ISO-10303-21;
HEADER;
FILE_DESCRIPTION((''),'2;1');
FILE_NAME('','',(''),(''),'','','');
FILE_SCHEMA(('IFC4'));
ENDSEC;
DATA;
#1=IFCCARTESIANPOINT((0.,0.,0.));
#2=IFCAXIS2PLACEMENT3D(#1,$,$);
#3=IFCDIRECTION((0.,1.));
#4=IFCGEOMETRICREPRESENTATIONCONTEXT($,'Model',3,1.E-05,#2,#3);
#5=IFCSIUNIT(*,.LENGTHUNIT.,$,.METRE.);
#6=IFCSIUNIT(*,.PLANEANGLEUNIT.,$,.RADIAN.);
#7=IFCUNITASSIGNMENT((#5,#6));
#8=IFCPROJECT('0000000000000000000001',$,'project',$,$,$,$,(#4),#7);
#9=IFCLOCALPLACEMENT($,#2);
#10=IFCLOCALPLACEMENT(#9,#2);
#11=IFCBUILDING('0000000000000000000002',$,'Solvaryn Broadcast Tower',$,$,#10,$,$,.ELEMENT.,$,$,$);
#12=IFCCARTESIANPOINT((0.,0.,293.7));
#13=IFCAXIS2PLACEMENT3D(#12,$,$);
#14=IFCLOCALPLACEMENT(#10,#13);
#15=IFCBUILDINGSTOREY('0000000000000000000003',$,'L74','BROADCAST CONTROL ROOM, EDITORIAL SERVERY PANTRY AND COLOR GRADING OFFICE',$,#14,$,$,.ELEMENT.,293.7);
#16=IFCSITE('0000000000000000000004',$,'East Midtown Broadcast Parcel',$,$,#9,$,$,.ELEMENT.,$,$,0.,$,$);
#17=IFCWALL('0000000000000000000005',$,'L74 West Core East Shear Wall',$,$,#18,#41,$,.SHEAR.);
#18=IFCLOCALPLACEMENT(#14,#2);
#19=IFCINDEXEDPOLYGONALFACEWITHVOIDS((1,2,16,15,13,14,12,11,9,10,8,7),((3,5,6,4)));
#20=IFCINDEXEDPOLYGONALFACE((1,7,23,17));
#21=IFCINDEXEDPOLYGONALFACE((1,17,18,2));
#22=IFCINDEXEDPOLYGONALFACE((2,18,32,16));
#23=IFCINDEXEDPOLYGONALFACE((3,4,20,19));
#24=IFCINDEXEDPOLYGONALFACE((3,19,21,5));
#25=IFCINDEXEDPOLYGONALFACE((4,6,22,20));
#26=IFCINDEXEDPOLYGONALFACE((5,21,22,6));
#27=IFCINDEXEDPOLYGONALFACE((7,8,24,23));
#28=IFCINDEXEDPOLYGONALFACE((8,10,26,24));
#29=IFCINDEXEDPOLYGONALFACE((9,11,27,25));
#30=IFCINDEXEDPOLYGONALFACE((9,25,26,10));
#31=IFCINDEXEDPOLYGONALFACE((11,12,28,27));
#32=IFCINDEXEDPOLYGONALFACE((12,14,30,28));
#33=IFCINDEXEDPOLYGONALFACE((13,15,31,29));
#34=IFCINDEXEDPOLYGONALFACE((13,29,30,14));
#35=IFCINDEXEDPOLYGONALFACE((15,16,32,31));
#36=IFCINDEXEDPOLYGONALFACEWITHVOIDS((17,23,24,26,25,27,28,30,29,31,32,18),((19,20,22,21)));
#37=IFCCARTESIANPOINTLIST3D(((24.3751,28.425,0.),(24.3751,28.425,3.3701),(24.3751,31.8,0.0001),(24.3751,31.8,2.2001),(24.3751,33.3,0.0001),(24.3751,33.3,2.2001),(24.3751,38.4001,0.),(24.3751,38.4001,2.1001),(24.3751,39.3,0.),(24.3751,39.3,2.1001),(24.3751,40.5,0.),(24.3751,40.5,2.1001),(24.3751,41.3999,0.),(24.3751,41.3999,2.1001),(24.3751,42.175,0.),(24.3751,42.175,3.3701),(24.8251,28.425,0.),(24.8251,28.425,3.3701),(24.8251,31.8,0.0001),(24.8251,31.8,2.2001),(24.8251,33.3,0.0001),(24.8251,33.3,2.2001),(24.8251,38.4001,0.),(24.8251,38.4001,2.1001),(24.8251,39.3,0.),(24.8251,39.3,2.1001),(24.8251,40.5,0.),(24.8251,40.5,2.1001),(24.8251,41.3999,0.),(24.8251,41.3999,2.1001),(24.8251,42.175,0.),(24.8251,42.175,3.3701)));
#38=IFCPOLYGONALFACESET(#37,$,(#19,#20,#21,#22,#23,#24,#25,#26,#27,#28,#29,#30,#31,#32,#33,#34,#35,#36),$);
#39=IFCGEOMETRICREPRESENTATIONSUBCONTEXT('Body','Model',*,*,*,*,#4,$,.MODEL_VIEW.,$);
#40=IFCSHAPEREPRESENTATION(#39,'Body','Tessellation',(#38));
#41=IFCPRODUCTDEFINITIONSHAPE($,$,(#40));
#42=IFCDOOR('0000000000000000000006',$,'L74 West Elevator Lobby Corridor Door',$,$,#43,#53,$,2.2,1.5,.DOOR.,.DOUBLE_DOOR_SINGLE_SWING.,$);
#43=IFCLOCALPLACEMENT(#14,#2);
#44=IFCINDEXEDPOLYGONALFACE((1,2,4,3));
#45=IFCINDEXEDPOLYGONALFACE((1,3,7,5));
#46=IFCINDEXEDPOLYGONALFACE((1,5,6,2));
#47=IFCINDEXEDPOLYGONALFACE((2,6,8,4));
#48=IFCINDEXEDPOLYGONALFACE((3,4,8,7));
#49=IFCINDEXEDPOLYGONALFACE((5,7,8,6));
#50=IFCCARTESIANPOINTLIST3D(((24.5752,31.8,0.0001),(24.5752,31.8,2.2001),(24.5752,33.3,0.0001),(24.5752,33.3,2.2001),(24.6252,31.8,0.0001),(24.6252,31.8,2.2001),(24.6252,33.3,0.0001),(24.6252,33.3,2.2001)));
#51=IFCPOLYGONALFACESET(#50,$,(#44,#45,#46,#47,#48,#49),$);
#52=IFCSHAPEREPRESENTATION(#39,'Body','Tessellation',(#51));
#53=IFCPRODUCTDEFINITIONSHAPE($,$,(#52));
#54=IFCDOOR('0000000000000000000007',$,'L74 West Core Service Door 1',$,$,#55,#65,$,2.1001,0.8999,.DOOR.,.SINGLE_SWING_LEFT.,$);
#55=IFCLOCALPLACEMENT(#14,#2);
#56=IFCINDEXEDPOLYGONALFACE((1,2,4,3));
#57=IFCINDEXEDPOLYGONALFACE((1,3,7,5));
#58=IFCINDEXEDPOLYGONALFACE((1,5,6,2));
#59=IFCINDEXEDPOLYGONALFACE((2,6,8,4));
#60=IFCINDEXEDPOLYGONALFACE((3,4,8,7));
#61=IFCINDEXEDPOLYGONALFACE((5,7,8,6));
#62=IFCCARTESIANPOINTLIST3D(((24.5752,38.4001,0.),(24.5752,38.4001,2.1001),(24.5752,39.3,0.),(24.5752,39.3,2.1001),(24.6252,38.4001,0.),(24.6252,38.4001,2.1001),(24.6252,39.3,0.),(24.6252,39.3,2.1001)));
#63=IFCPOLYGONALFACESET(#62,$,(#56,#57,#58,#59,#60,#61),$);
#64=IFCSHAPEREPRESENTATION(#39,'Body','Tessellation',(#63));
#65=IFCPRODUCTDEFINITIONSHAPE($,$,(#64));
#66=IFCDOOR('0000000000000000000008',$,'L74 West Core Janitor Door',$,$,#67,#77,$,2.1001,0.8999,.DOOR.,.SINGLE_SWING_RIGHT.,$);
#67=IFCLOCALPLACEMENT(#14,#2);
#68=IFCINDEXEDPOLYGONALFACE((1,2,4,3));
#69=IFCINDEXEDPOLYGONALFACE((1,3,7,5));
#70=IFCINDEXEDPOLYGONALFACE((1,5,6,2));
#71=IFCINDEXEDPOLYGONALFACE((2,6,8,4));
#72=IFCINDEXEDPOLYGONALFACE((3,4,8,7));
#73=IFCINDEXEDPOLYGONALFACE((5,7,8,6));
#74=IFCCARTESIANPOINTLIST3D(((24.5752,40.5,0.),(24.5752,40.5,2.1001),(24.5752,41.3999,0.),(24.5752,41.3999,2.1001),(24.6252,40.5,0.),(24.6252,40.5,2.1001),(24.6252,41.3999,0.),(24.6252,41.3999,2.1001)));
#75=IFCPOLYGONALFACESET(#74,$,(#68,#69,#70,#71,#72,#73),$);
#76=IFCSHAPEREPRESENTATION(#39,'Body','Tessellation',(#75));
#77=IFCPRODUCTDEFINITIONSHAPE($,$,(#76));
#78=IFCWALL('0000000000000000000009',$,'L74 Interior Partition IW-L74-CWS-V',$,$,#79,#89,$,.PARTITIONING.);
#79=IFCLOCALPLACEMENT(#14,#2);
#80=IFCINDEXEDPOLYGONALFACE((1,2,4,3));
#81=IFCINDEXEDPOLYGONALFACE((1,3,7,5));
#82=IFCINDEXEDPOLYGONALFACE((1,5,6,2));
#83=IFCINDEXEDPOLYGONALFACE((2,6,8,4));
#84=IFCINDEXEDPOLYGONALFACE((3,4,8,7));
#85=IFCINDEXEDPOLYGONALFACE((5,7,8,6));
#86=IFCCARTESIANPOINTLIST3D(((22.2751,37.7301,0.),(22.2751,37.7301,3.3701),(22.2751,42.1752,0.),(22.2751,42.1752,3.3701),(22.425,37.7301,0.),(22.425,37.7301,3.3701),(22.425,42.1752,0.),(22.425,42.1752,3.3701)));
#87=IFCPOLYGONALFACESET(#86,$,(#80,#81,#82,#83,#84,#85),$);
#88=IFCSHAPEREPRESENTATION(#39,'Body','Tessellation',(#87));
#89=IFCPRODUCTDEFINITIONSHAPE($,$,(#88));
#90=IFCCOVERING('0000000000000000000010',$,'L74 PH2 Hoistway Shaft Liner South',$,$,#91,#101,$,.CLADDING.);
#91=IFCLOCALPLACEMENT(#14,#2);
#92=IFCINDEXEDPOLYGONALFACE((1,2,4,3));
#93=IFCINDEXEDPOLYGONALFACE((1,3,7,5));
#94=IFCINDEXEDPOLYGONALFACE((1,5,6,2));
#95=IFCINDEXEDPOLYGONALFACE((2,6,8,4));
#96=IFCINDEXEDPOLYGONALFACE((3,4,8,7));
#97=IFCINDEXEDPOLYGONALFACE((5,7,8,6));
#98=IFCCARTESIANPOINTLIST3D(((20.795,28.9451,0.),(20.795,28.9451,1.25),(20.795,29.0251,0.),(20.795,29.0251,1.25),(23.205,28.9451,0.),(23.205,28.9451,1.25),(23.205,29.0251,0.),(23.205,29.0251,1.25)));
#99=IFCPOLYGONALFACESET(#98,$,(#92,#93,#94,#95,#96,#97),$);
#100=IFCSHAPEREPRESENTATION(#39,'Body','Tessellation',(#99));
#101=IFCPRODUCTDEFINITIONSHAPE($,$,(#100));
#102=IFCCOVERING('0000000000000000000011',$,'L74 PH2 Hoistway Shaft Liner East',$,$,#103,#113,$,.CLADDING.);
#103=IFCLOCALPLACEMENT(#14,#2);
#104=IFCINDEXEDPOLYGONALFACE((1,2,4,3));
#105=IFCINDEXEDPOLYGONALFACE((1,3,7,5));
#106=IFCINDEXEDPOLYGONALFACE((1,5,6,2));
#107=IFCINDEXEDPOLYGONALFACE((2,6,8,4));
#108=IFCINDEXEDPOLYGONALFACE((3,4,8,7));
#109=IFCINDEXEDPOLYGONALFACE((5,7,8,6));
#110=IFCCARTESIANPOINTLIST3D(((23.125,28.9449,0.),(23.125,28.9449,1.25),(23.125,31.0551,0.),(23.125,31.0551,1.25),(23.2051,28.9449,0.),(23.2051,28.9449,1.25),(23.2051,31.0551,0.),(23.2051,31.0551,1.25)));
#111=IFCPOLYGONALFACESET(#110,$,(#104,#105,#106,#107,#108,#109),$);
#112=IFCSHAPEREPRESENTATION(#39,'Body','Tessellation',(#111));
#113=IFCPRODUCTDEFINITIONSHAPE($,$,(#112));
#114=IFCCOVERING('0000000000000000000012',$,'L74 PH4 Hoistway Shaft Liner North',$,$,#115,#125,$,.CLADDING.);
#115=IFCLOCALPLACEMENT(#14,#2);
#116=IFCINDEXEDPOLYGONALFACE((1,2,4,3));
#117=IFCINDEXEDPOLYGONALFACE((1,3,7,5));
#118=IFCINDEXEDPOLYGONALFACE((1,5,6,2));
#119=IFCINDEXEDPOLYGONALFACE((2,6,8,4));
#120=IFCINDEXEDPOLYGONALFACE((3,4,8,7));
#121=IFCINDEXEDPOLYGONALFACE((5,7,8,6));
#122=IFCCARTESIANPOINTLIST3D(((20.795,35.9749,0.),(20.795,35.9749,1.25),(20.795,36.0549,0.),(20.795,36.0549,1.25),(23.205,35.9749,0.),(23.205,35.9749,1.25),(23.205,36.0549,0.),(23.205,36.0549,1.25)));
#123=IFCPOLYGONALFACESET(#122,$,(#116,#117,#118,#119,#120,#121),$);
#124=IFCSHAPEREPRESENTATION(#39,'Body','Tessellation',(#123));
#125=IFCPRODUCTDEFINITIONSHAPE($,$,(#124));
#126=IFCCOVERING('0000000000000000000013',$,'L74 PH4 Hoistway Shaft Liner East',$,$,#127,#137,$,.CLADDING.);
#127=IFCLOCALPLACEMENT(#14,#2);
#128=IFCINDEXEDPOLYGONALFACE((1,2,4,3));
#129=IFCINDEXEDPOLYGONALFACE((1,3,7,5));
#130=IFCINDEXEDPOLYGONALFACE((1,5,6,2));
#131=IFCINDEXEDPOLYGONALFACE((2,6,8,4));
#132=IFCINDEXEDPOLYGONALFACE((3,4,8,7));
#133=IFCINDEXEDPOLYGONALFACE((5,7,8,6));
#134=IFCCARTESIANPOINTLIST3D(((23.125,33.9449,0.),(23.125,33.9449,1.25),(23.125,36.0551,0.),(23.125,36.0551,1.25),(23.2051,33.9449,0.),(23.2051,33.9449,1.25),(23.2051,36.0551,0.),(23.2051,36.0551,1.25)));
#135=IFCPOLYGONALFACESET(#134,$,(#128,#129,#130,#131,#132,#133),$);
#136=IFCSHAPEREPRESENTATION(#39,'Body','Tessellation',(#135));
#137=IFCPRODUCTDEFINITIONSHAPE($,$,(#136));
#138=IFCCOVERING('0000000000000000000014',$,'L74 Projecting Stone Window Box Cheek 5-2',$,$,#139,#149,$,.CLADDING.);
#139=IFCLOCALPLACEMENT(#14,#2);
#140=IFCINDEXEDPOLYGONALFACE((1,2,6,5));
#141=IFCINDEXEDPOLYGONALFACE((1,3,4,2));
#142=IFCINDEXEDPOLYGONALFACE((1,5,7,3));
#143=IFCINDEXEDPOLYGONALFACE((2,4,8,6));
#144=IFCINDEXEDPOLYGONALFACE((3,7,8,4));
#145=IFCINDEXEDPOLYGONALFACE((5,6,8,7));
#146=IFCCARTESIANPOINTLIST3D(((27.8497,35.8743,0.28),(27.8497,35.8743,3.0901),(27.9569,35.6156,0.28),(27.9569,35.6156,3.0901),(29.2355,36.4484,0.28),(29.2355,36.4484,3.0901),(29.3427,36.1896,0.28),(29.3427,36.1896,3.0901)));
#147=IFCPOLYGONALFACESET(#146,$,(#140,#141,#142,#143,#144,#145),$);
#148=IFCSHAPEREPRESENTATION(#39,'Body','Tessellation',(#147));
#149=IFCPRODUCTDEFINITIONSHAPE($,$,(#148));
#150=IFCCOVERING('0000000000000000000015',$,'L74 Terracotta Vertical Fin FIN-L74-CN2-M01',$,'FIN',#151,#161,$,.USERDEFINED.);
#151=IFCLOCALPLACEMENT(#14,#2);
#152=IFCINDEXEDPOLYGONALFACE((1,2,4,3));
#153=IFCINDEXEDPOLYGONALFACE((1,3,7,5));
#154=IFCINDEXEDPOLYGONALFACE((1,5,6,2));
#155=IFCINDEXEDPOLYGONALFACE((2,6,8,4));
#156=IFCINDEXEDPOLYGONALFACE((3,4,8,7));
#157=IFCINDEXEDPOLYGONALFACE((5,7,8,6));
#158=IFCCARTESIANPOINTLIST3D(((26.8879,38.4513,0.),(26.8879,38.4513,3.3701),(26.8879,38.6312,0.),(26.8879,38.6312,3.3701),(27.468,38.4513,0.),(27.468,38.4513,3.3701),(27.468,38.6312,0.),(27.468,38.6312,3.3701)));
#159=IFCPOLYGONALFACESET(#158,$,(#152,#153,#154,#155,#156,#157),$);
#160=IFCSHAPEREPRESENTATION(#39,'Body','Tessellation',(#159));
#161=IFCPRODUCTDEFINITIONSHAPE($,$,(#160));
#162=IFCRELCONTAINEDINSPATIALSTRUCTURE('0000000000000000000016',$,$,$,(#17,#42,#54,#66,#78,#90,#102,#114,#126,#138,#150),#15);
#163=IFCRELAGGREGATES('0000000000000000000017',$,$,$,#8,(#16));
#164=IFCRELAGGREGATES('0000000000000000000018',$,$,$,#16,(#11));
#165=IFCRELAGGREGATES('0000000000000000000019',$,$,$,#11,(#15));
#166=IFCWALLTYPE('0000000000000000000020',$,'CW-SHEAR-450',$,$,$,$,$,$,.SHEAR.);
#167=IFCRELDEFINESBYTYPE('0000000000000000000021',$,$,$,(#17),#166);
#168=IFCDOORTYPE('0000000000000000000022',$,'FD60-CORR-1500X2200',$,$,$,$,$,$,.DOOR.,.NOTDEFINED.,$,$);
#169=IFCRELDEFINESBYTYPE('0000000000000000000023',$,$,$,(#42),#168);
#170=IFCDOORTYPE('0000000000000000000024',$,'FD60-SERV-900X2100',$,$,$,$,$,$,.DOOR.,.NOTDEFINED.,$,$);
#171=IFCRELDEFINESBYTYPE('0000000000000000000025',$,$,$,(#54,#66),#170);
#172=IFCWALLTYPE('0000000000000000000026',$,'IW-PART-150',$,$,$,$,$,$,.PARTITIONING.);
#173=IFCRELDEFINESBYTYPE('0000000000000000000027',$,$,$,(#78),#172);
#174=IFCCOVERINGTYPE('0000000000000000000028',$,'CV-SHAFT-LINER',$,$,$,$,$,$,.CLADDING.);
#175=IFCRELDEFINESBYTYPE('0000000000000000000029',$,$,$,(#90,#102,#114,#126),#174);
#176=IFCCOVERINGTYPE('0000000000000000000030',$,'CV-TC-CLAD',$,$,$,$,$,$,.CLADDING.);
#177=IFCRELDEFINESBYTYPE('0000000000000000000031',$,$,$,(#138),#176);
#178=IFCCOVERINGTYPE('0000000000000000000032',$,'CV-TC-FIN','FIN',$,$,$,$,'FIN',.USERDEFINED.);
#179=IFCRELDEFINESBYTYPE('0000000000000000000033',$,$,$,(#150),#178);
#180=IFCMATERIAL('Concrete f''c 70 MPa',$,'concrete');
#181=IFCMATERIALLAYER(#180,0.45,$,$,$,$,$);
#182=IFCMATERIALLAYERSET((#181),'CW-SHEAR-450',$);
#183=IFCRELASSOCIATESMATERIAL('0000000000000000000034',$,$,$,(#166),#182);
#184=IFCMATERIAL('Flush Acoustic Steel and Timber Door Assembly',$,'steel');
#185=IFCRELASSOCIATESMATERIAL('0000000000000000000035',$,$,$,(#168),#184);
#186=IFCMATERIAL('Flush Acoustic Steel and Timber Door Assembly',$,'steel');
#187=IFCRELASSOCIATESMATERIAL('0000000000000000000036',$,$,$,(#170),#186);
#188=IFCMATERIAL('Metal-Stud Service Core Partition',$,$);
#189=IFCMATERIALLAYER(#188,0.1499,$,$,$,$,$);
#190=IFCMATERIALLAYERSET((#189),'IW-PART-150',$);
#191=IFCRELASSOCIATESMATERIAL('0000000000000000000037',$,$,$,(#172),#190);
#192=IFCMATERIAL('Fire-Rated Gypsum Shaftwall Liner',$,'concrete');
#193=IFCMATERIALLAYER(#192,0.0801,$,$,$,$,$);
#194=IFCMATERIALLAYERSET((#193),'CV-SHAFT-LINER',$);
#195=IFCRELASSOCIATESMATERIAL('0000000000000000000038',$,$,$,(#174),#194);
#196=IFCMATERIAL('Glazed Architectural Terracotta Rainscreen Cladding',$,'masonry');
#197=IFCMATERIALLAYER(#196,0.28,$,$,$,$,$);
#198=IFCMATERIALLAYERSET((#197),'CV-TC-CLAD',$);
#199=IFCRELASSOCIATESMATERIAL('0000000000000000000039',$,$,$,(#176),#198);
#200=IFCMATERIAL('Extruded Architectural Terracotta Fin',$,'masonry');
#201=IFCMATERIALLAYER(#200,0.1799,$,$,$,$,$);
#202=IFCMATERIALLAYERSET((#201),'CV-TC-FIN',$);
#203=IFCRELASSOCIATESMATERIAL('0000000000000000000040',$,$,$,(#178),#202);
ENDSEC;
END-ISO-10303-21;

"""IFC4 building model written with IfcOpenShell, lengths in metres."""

from ifc_helpers import new_model, si_unit, direction, frame, frame_2d, origin, origin_2d, place, context, subcontext, project, spatial, rectangle, extrude, material, layer, layer_set, type_object, element, fill, save


model = new_model("IFC4")

# Units and contexts
model_context = context("Model", 3, precision=1e-05, world=origin(), true_north=direction((0.0, 1.0)))
body_context = subcontext(model_context, "Body", "Model", "MODEL_VIEW")
ifc_project = project(units=[si_unit("LENGTHUNIT", "METRE"), si_unit("PLANEANGLEUNIT", "RADIAN")], contexts=[model_context])

# Site, building, storey
site_placement = place(None, origin())
site = spatial("IfcSite", under=ifc_project, at=site_placement, Name="East Midtown Broadcast Parcel", CompositionType="ELEMENT", RefElevation=0.0)
building_placement = place(site_placement, origin())
building = spatial("IfcBuilding", under=site, at=building_placement, Name="Solvaryn Broadcast Tower", CompositionType="ELEMENT")
storey_placement = place(building_placement, frame((0.0, 0.0, 293.7)))
storey = spatial("IfcBuildingStorey", under=building, at=storey_placement, Name="L74", Description="BROADCAST CONTROL ROOM, EDITORIAL SERVERY PANTRY AND COLOR GRADING OFFICE", CompositionType="ELEMENT", Elevation=293.7)

# Wall, openings, doors
ifc_material_1 = material(Name="Concrete f'c 70 MPa", Category="concrete")
ifc_layer_1 = layer(ifc_material_1, 0.45)
ifc_layer_set_1 = layer_set([ifc_layer_1], Name="CW-SHEAR-450")
wall_type_1 = type_object("IfcWallType", Name="CW-SHEAR-450", PredefinedType="SHEAR", material=ifc_layer_set_1)
wall_1_placement = place(storey_placement, frame((24.6001, 28.425, 0.0), z_axis=(0.0, 0.0, 1.0), x_axis=(0.0, 1.0, 0.0)))
wall_1 = element("IfcWall", 1, at=wall_1_placement, inside=storey, type_object=wall_type_1, Name="L74 West Core East Shear Wall", PredefinedType="SHEAR", context=body_context, shape_type="SweptSolid", body=[
    extrude(rectangle(XDim=13.75, YDim=0.45, at=frame_2d((6.875, 0.0))), origin(), (0.0, 0.0, 1.0), 3.3701),
])
opening_1_placement = place(wall_1_placement, frame((3.375, 0.0, 0.0)))
opening_1 = element("IfcOpeningElement", 2, at=opening_1_placement, cuts=wall_1, PredefinedType="OPENING", context=body_context, shape_type="SweptSolid", body=[
    extrude(rectangle(XDim=1.5, YDim=2.2, at=frame_2d((0.75, 1.1001))), frame((0.0, 0.2351, 0.0), z_axis=(0.0, -1.0, 0.0), x_axis=(1.0, 0.0, 0.0)), (0.0, 0.0, 1.0), 0.47),
])
opening_2_placement = place(wall_1_placement, frame((9.9751, 0.0, 0.0)))
opening_2 = element("IfcOpeningElement", 3, at=opening_2_placement, cuts=wall_1, PredefinedType="OPENING", context=body_context, shape_type="SweptSolid", body=[
    extrude(rectangle(XDim=0.8999, YDim=2.1001, at=frame_2d((0.45, 1.05))), frame((0.0, 0.2351, 0.0), z_axis=(0.0, -1.0, 0.0), x_axis=(1.0, 0.0, 0.0)), (0.0, 0.0, 1.0), 0.47),
])
opening_3_placement = place(wall_1_placement, frame((12.075, 0.0, 0.0)))
opening_3 = element("IfcOpeningElement", 4, at=opening_3_placement, cuts=wall_1, PredefinedType="OPENING", context=body_context, shape_type="SweptSolid", body=[
    extrude(rectangle(XDim=0.8999, YDim=2.1001, at=frame_2d((0.45, 1.05))), frame((0.0, 0.2351, 0.0), z_axis=(0.0, -1.0, 0.0), x_axis=(1.0, 0.0, 0.0)), (0.0, 0.0, 1.0), 0.47),
])
ifc_material_2 = material(Name="Flush Acoustic Steel and Timber Door Assembly", Category="steel")
door_type_1 = type_object("IfcDoorType", Name="FD60-CORR-1500X2200", OperationType="NOTDEFINED", PredefinedType="DOOR", material=ifc_material_2)
door_1_placement = place(opening_1_placement, origin())
door_1 = element("IfcDoor", 5, at=door_1_placement, inside=storey, type_object=door_type_1, Name="L74 West Elevator Lobby Corridor Door", OperationType="DOUBLE_DOOR_SINGLE_SWING", OverallHeight=2.2, OverallWidth=1.5, PredefinedType="DOOR", context=body_context, shape_type="SweptSolid", body=[
    extrude(rectangle(XDim=1.5, YDim=2.2, at=frame_2d((0.75, 1.1001))), frame((0.0, 0.0249, 0.0), z_axis=(0.0, -1.0, 0.0), x_axis=(1.0, 0.0, 0.0)), (0.0, 0.0, 1.0), 0.05),
])
fill(opening_1, door_1)
ifc_material_3 = material(Name="Flush Acoustic Steel and Timber Door Assembly", Category="steel")
door_type_2 = type_object("IfcDoorType", Name="FD60-SERV-900X2100", OperationType="NOTDEFINED", PredefinedType="DOOR", material=ifc_material_3)
door_2_placement = place(opening_2_placement, origin())
door_2 = element("IfcDoor", 6, at=door_2_placement, inside=storey, type_object=door_type_2, Name="L74 West Core Service Door 1", OperationType="SINGLE_SWING_LEFT", OverallHeight=2.1001, OverallWidth=0.8999, PredefinedType="DOOR", context=body_context, shape_type="SweptSolid", body=[
    extrude(rectangle(XDim=0.8999, YDim=2.1001, at=frame_2d((0.45, 1.05))), frame((0.0, 0.0249, 0.0), z_axis=(0.0, -1.0, 0.0), x_axis=(1.0, 0.0, 0.0)), (0.0, 0.0, 1.0), 0.05),
])
fill(opening_2, door_2)
door_3_placement = place(opening_3_placement, origin())
door_3 = element("IfcDoor", 7, at=door_3_placement, inside=storey, type_object=door_type_2, Name="L74 West Core Janitor Door", OperationType="SINGLE_SWING_RIGHT", OverallHeight=2.1001, OverallWidth=0.8999, PredefinedType="DOOR", context=body_context, shape_type="SweptSolid", body=[
    extrude(rectangle(XDim=0.8999, YDim=2.1001, at=frame_2d((0.45, 1.05))), frame((0.0, 0.0249, 0.0), z_axis=(0.0, -1.0, 0.0), x_axis=(1.0, 0.0, 0.0)), (0.0, 0.0, 1.0), 0.05),
])
fill(opening_3, door_3)

# Wall
ifc_material_4 = material(Name="Metal-Stud Service Core Partition")
ifc_layer_2 = layer(ifc_material_4, 0.1499)
ifc_layer_set_2 = layer_set([ifc_layer_2], Name="IW-PART-150")
wall_type_2 = type_object("IfcWallType", Name="IW-PART-150", PredefinedType="PARTITIONING", material=ifc_layer_set_2)
wall_2_placement = place(storey_placement, frame((22.3501, 37.73, 0.0), z_axis=(0.0, 0.0, 1.0), x_axis=(0.0, 1.0, 0.0)))
element("IfcWall", 8, at=wall_2_placement, inside=storey, type_object=wall_type_2, Name="L74 Interior Partition IW-L74-CWS-V", PredefinedType="PARTITIONING", context=body_context, shape_type="SweptSolid", body=[
    extrude(rectangle(XDim=4.4451, YDim=0.1499, at=frame_2d((2.2227, 0.0))), origin(), (0.0, 0.0, 1.0), 3.3701),
])

# Coverings
ifc_material_5 = material(Name="Fire-Rated Gypsum Shaftwall Liner", Category="concrete")
ifc_layer_3 = layer(ifc_material_5, 0.0801)
ifc_layer_set_3 = layer_set([ifc_layer_3], Name="CV-SHAFT-LINER")
covering_type_1 = type_object("IfcCoveringType", Name="CV-SHAFT-LINER", PredefinedType="CLADDING", material=ifc_layer_set_3)
covering_1_placement = place(storey_placement, frame((22.0, 28.9851, 0.0), z_axis=(0.0, 0.0, 1.0), x_axis=(1.0, 0.0, 0.0)))
element("IfcCovering", 9, at=covering_1_placement, inside=storey, type_object=covering_type_1, Name="L74 PH2 Hoistway Shaft Liner South", PredefinedType="CLADDING", context=body_context, shape_type="SweptSolid", body=[
    extrude(rectangle(XDim=2.4099, YDim=0.0801, at=origin_2d()), origin(), (0.0, 0.0, 1.0), 1.25),
])
covering_2_placement = place(storey_placement, frame((23.165, 30.0, 0.0), z_axis=(0.0, 0.0, 1.0), x_axis=(1.0, 0.0, 0.0)))
element("IfcCovering", 10, at=covering_2_placement, inside=storey, type_object=covering_type_1, Name="L74 PH2 Hoistway Shaft Liner East", PredefinedType="CLADDING", context=body_context, shape_type="SweptSolid", body=[
    extrude(rectangle(XDim=0.0801, YDim=2.1101, at=origin_2d()), origin(), (0.0, 0.0, 1.0), 1.25),
])
covering_3_placement = place(storey_placement, frame((22.0, 36.0149, 0.0), z_axis=(0.0, 0.0, 1.0), x_axis=(1.0, 0.0, 0.0)))
element("IfcCovering", 11, at=covering_3_placement, inside=storey, type_object=covering_type_1, Name="L74 PH4 Hoistway Shaft Liner North", PredefinedType="CLADDING", context=body_context, shape_type="SweptSolid", body=[
    extrude(rectangle(XDim=2.4099, YDim=0.0801, at=origin_2d()), origin(), (0.0, 0.0, 1.0), 1.25),
])
covering_4_placement = place(storey_placement, frame((23.165, 35.0, 0.0), z_axis=(0.0, 0.0, 1.0), x_axis=(1.0, 0.0, 0.0)))
element("IfcCovering", 12, at=covering_4_placement, inside=storey, type_object=covering_type_1, Name="L74 PH4 Hoistway Shaft Liner East", PredefinedType="CLADDING", context=body_context, shape_type="SweptSolid", body=[
    extrude(rectangle(XDim=0.0801, YDim=2.1101, at=origin_2d()), origin(), (0.0, 0.0, 1.0), 1.25),
])
ifc_material_6 = material(Name="Glazed Architectural Terracotta Rainscreen Cladding", Category="masonry")
ifc_layer_4 = layer(ifc_material_6, 0.28)
ifc_layer_set_4 = layer_set([ifc_layer_4], Name="CV-TC-CLAD")
covering_type_2 = type_object("IfcCoveringType", Name="CV-TC-CLAD", PredefinedType="CLADDING", material=ifc_layer_set_4)
covering_5_placement = place(storey_placement, frame((28.5962, 36.032, 0.28), z_axis=(0.0, 0.0, 1.0), x_axis=(-0.382683, 0.92388, 0.0)))
element("IfcCovering", 13, at=covering_5_placement, inside=storey, type_object=covering_type_2, Name="L74 Projecting Stone Window Box Cheek 5-2", PredefinedType="CLADDING", context=body_context, shape_type="SweptSolid", body=[
    extrude(rectangle(XDim=0.28, YDim=1.5, at=origin_2d()), origin(), (0.0, 0.0, 1.0), 2.8101),
])
ifc_material_7 = material(Name="Extruded Architectural Terracotta Fin", Category="masonry")
ifc_layer_5 = layer(ifc_material_7, 0.1799)
ifc_layer_set_5 = layer_set([ifc_layer_5], Name="CV-TC-FIN")
covering_type_3 = type_object("IfcCoveringType", Name="CV-TC-FIN", Description="FIN", ElementType="FIN", PredefinedType="USERDEFINED", material=ifc_layer_set_5)
covering_6_placement = place(storey_placement, frame((27.178, 38.5413, 0.0), z_axis=(0.0, 0.0, 1.0), x_axis=(1.0, 0.0, 0.0)))
element("IfcCovering", 14, at=covering_6_placement, inside=storey, type_object=covering_type_3, Name="L74 Terracotta Vertical Fin FIN-L74-CN2-M01", ObjectType="FIN", PredefinedType="USERDEFINED", context=body_context, shape_type="SweptSolid", body=[
    extrude(rectangle(XDim=0.5801, YDim=0.1799, at=origin_2d()), origin(), (0.0, 0.0, 1.0), 3.3701),
])

save(model, "model.ifc")
